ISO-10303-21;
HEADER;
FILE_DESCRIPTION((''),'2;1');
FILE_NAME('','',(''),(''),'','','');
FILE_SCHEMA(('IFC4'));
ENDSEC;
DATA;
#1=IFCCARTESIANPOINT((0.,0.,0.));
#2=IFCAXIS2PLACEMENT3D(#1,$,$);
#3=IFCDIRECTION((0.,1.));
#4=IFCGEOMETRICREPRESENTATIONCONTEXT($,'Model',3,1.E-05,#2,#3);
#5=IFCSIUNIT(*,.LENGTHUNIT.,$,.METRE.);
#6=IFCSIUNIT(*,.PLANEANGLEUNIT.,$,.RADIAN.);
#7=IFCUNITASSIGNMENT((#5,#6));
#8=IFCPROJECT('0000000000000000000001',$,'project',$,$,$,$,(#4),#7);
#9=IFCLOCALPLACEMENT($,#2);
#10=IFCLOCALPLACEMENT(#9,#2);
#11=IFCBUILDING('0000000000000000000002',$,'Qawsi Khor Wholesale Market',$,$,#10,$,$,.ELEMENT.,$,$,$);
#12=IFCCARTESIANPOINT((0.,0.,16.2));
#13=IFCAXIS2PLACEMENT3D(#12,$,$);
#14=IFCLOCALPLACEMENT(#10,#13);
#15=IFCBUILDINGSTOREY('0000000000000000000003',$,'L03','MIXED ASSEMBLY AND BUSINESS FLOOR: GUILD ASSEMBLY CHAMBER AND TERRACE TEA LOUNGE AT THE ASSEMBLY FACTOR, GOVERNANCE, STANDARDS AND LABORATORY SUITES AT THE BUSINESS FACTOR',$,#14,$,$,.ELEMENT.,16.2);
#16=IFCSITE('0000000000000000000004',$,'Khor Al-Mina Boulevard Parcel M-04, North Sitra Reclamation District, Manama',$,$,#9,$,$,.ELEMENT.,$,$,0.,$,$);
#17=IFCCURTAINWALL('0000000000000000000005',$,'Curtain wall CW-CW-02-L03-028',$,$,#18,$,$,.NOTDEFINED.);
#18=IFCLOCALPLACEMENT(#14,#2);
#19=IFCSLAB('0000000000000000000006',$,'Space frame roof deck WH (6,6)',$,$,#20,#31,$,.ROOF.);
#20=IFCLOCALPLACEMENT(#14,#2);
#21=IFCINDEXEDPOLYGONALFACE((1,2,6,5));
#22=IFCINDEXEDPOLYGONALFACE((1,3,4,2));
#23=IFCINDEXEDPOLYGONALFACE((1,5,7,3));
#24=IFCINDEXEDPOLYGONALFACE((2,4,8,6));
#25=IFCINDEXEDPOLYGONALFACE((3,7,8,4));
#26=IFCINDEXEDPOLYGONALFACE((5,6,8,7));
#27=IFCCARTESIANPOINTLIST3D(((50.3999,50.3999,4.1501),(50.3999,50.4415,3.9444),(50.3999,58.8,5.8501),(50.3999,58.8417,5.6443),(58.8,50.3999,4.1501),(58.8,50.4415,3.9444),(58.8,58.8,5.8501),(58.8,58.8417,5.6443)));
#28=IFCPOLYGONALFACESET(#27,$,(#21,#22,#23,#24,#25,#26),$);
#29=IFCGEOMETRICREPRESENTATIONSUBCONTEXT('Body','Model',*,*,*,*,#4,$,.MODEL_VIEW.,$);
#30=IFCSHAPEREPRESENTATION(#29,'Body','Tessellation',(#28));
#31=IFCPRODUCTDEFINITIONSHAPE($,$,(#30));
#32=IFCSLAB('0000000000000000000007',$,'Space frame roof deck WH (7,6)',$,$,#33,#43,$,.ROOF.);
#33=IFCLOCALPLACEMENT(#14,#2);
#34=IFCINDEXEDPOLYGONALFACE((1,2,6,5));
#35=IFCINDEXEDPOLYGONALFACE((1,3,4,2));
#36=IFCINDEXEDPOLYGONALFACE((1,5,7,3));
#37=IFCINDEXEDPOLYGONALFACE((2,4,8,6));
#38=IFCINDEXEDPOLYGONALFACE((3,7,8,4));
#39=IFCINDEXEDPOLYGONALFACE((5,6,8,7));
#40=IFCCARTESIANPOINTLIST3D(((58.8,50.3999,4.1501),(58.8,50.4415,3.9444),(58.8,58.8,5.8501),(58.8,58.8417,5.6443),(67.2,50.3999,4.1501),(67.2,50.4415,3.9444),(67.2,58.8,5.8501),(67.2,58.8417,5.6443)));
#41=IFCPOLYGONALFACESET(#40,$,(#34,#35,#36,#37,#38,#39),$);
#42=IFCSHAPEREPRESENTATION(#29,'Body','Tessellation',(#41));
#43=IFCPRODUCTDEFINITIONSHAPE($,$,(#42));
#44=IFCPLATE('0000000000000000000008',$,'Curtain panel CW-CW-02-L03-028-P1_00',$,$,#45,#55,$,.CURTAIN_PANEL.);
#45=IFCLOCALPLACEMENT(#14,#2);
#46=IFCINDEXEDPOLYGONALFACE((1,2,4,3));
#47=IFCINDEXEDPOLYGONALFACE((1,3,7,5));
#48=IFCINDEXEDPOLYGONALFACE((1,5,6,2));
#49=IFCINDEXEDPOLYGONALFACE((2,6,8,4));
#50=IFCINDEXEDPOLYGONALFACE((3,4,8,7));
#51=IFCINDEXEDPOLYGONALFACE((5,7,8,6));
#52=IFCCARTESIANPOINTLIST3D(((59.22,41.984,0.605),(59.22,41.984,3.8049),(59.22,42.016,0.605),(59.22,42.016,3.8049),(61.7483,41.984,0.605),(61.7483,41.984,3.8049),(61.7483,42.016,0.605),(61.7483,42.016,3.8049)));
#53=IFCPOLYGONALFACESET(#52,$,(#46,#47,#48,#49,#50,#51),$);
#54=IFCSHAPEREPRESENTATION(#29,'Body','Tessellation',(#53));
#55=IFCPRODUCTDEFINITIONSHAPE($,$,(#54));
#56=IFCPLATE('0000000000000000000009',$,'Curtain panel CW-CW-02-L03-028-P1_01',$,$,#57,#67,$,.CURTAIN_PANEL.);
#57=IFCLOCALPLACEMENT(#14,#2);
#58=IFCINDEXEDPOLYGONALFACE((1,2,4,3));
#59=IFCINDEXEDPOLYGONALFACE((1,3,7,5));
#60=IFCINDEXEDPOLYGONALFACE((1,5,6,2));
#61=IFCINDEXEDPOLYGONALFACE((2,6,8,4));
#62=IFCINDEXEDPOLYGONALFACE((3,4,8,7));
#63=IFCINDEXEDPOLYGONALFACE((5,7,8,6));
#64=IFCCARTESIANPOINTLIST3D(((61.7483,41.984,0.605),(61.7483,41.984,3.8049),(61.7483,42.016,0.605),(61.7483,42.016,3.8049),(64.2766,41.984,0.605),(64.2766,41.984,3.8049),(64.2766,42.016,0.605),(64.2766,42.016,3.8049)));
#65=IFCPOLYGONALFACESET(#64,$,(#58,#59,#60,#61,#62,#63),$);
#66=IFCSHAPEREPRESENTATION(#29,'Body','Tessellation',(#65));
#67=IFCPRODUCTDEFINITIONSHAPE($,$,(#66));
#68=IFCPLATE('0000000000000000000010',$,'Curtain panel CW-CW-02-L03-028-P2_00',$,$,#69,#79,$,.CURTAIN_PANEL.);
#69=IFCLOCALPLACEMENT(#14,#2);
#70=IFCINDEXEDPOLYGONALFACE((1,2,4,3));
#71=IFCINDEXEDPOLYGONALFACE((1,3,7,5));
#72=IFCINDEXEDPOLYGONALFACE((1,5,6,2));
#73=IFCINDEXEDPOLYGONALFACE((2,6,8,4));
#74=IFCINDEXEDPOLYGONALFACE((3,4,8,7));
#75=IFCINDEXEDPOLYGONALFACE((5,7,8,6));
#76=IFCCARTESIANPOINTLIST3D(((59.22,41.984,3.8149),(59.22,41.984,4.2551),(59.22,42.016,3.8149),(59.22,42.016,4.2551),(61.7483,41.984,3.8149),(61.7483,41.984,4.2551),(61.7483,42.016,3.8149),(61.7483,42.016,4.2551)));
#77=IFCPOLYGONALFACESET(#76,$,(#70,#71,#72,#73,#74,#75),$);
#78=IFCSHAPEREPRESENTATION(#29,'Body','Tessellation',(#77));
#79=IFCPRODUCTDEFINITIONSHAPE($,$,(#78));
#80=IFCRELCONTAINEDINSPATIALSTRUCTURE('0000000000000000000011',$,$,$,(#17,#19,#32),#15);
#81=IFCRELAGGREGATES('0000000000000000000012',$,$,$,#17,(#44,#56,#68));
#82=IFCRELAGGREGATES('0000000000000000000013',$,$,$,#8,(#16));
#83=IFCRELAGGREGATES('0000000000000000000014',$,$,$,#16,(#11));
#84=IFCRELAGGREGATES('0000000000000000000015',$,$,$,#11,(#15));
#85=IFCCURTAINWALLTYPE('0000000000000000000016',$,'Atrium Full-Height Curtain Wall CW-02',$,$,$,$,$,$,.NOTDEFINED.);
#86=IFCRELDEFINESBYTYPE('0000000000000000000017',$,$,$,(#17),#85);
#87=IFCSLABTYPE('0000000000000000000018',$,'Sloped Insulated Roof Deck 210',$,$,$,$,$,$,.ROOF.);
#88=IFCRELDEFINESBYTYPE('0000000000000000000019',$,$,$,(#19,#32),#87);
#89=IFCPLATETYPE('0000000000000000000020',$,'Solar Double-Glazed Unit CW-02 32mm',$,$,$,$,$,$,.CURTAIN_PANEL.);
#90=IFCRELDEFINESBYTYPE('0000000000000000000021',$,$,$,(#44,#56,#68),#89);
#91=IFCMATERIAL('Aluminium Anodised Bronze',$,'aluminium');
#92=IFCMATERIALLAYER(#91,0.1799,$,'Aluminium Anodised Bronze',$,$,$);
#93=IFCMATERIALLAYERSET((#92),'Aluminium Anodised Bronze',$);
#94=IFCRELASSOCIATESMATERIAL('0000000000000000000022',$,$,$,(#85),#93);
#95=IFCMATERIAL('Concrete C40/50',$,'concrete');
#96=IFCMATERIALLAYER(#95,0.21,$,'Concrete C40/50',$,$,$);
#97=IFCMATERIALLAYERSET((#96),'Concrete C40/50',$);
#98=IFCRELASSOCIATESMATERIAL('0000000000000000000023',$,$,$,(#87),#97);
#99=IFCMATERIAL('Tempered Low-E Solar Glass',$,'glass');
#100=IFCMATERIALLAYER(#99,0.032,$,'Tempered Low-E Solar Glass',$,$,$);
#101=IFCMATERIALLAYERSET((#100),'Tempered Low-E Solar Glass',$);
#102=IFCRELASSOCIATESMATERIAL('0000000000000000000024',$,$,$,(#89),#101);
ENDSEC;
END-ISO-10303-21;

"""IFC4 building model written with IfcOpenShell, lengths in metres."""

from ifc_helpers import new_model, si_unit, direction, frame, frame_2d, origin, place, context, subcontext, project, spatial, polyline, rectangle, outline, extrude, material, layer, layer_set, type_object, element, aggregate, save


model = new_model("IFC4")

# Units and contexts
model_context = context("Model", 3, precision=1e-05, world=origin(), true_north=direction((0.0, 1.0)))
body_context = subcontext(model_context, "Body", "Model", "MODEL_VIEW")
ifc_project = project(units=[si_unit("LENGTHUNIT", "METRE"), si_unit("PLANEANGLEUNIT", "RADIAN")], contexts=[model_context])

# Site, building, storey
site_placement = place(None, origin())
site = spatial("IfcSite", under=ifc_project, at=site_placement, Name="Khor Al-Mina Boulevard Parcel M-04, North Sitra Reclamation District, Manama", CompositionType="ELEMENT", RefElevation=0.0)
building_placement = place(site_placement, origin())
building = spatial("IfcBuilding", under=site, at=building_placement, Name="Qawsi Khor Wholesale Market", CompositionType="ELEMENT")
storey_placement = place(building_placement, frame((0.0, 0.0, 16.2)))
storey = spatial("IfcBuildingStorey", under=building, at=storey_placement, Name="L03", Description="MIXED ASSEMBLY AND BUSINESS FLOOR: GUILD ASSEMBLY CHAMBER AND TERRACE TEA LOUNGE AT THE ASSEMBLY FACTOR, GOVERNANCE, STANDARDS AND LABORATORY SUITES AT THE BUSINESS FACTOR", CompositionType="ELEMENT", Elevation=16.2)

# Curtain wall
ifc_material_1 = material(Name="Aluminium Anodised Bronze", Category="aluminium")
ifc_layer_1 = layer(ifc_material_1, 0.1799, Name="Aluminium Anodised Bronze")
ifc_layer_set_1 = layer_set([ifc_layer_1], Name="Aluminium Anodised Bronze")
curtain_wall_type = type_object("IfcCurtainWallType", Name="Atrium Full-Height Curtain Wall CW-02", PredefinedType="NOTDEFINED", material=ifc_layer_set_1)
curtain_wall_placement = place(storey_placement, origin())
curtain_wall = element("IfcCurtainWall", 1, at=curtain_wall_placement, inside=storey, type_object=curtain_wall_type, Name="Curtain wall CW-CW-02-L03-028", PredefinedType="NOTDEFINED")

# Slabs
ifc_material_2 = material(Name="Concrete C40/50", Category="concrete")
ifc_layer_2 = layer(ifc_material_2, 0.21, Name="Concrete C40/50")
ifc_layer_set_2 = layer_set([ifc_layer_2], Name="Concrete C40/50")
slab_type = type_object("IfcSlabType", Name="Sloped Insulated Roof Deck 210", PredefinedType="ROOF", material=ifc_layer_set_2)
slab_1_placement = place(storey_placement, frame((50.3999, 50.3999, 4.1501), z_axis=(0.0, -0.198351, 0.980131), x_axis=(1.0, 0.0, 0.0)))
element("IfcSlab", 2, at=slab_1_placement, inside=storey, type_object=slab_type, Name="Space frame roof deck WH (6,6)", PredefinedType="ROOF", context=body_context, shape_type="SweptSolid", body=[
    extrude(outline(polyline([(0.0, 0.0), (8.4001, 0.0), (8.4001, 8.5704), (0.0, 8.5704), (0.0, 0.0)])), origin(), (0.0, 0.0, -1.0), 0.21),
])
slab_2_placement = place(storey_placement, frame((58.8, 50.3999, 4.1501), z_axis=(0.0, -0.198351, 0.980131), x_axis=(1.0, 0.0, 0.0)))
element("IfcSlab", 3, at=slab_2_placement, inside=storey, type_object=slab_type, Name="Space frame roof deck WH (7,6)", PredefinedType="ROOF", context=body_context, shape_type="SweptSolid", body=[
    extrude(outline(polyline([(0.0, 0.0), (8.3999, 0.0), (8.3999, 8.5704), (0.0, 8.5704), (0.0, 0.0)])), origin(), (0.0, 0.0, -1.0), 0.21),
])

# Plates
ifc_material_3 = material(Name="Tempered Low-E Solar Glass", Category="glass")
ifc_layer_3 = layer(ifc_material_3, 0.032, Name="Tempered Low-E Solar Glass")
ifc_layer_set_3 = layer_set([ifc_layer_3], Name="Tempered Low-E Solar Glass")
plate_type_1 = type_object("IfcPlateType", Name="Solar Double-Glazed Unit CW-02 32mm", PredefinedType="CURTAIN_PANEL", material=ifc_layer_set_3)
plate_1_placement = place(storey_placement, frame((59.22, 42.0, 0.605), z_axis=(0.0, 0.0, 1.0), x_axis=(1.0, 0.0, 0.0)))
plate_1 = element("IfcPlate", 4, at=plate_1_placement, type_object=plate_type_1, Name="Curtain panel CW-CW-02-L03-028-P1_00", PredefinedType="CURTAIN_PANEL", context=body_context, shape_type="SweptSolid", body=[
    extrude(rectangle(XDim=2.5283, YDim=0.032, at=frame_2d((1.2642, 0.0))), origin(), (0.0, 0.0, 1.0), 3.2),
])
plate_2_placement = place(storey_placement, frame((61.7483, 42.0, 0.605), z_axis=(0.0, 0.0, 1.0), x_axis=(1.0, 0.0, 0.0)))
plate_2 = element("IfcPlate", 5, at=plate_2_placement, type_object=plate_type_1, Name="Curtain panel CW-CW-02-L03-028-P1_01", PredefinedType="CURTAIN_PANEL", context=body_context, shape_type="SweptSolid", body=[
    extrude(rectangle(XDim=2.5283, YDim=0.032, at=frame_2d((1.2642, 0.0))), origin(), (0.0, 0.0, 1.0), 3.2),
])
plate_3_placement = place(storey_placement, frame((59.22, 42.0, 3.8149), z_axis=(0.0, 0.0, 1.0), x_axis=(1.0, 0.0, 0.0)))
plate_3 = element("IfcPlate", 6, at=plate_3_placement, type_object=plate_type_1, Name="Curtain panel CW-CW-02-L03-028-P2_00", PredefinedType="CURTAIN_PANEL", context=body_context, shape_type="SweptSolid", body=[
    extrude(rectangle(XDim=2.5283, YDim=0.032, at=frame_2d((1.2642, 0.0))), origin(), (0.0, 0.0, 1.0), 0.4402),
])
aggregate(curtain_wall, [plate_1, plate_2, plate_3])

save(model, "model.ifc")
